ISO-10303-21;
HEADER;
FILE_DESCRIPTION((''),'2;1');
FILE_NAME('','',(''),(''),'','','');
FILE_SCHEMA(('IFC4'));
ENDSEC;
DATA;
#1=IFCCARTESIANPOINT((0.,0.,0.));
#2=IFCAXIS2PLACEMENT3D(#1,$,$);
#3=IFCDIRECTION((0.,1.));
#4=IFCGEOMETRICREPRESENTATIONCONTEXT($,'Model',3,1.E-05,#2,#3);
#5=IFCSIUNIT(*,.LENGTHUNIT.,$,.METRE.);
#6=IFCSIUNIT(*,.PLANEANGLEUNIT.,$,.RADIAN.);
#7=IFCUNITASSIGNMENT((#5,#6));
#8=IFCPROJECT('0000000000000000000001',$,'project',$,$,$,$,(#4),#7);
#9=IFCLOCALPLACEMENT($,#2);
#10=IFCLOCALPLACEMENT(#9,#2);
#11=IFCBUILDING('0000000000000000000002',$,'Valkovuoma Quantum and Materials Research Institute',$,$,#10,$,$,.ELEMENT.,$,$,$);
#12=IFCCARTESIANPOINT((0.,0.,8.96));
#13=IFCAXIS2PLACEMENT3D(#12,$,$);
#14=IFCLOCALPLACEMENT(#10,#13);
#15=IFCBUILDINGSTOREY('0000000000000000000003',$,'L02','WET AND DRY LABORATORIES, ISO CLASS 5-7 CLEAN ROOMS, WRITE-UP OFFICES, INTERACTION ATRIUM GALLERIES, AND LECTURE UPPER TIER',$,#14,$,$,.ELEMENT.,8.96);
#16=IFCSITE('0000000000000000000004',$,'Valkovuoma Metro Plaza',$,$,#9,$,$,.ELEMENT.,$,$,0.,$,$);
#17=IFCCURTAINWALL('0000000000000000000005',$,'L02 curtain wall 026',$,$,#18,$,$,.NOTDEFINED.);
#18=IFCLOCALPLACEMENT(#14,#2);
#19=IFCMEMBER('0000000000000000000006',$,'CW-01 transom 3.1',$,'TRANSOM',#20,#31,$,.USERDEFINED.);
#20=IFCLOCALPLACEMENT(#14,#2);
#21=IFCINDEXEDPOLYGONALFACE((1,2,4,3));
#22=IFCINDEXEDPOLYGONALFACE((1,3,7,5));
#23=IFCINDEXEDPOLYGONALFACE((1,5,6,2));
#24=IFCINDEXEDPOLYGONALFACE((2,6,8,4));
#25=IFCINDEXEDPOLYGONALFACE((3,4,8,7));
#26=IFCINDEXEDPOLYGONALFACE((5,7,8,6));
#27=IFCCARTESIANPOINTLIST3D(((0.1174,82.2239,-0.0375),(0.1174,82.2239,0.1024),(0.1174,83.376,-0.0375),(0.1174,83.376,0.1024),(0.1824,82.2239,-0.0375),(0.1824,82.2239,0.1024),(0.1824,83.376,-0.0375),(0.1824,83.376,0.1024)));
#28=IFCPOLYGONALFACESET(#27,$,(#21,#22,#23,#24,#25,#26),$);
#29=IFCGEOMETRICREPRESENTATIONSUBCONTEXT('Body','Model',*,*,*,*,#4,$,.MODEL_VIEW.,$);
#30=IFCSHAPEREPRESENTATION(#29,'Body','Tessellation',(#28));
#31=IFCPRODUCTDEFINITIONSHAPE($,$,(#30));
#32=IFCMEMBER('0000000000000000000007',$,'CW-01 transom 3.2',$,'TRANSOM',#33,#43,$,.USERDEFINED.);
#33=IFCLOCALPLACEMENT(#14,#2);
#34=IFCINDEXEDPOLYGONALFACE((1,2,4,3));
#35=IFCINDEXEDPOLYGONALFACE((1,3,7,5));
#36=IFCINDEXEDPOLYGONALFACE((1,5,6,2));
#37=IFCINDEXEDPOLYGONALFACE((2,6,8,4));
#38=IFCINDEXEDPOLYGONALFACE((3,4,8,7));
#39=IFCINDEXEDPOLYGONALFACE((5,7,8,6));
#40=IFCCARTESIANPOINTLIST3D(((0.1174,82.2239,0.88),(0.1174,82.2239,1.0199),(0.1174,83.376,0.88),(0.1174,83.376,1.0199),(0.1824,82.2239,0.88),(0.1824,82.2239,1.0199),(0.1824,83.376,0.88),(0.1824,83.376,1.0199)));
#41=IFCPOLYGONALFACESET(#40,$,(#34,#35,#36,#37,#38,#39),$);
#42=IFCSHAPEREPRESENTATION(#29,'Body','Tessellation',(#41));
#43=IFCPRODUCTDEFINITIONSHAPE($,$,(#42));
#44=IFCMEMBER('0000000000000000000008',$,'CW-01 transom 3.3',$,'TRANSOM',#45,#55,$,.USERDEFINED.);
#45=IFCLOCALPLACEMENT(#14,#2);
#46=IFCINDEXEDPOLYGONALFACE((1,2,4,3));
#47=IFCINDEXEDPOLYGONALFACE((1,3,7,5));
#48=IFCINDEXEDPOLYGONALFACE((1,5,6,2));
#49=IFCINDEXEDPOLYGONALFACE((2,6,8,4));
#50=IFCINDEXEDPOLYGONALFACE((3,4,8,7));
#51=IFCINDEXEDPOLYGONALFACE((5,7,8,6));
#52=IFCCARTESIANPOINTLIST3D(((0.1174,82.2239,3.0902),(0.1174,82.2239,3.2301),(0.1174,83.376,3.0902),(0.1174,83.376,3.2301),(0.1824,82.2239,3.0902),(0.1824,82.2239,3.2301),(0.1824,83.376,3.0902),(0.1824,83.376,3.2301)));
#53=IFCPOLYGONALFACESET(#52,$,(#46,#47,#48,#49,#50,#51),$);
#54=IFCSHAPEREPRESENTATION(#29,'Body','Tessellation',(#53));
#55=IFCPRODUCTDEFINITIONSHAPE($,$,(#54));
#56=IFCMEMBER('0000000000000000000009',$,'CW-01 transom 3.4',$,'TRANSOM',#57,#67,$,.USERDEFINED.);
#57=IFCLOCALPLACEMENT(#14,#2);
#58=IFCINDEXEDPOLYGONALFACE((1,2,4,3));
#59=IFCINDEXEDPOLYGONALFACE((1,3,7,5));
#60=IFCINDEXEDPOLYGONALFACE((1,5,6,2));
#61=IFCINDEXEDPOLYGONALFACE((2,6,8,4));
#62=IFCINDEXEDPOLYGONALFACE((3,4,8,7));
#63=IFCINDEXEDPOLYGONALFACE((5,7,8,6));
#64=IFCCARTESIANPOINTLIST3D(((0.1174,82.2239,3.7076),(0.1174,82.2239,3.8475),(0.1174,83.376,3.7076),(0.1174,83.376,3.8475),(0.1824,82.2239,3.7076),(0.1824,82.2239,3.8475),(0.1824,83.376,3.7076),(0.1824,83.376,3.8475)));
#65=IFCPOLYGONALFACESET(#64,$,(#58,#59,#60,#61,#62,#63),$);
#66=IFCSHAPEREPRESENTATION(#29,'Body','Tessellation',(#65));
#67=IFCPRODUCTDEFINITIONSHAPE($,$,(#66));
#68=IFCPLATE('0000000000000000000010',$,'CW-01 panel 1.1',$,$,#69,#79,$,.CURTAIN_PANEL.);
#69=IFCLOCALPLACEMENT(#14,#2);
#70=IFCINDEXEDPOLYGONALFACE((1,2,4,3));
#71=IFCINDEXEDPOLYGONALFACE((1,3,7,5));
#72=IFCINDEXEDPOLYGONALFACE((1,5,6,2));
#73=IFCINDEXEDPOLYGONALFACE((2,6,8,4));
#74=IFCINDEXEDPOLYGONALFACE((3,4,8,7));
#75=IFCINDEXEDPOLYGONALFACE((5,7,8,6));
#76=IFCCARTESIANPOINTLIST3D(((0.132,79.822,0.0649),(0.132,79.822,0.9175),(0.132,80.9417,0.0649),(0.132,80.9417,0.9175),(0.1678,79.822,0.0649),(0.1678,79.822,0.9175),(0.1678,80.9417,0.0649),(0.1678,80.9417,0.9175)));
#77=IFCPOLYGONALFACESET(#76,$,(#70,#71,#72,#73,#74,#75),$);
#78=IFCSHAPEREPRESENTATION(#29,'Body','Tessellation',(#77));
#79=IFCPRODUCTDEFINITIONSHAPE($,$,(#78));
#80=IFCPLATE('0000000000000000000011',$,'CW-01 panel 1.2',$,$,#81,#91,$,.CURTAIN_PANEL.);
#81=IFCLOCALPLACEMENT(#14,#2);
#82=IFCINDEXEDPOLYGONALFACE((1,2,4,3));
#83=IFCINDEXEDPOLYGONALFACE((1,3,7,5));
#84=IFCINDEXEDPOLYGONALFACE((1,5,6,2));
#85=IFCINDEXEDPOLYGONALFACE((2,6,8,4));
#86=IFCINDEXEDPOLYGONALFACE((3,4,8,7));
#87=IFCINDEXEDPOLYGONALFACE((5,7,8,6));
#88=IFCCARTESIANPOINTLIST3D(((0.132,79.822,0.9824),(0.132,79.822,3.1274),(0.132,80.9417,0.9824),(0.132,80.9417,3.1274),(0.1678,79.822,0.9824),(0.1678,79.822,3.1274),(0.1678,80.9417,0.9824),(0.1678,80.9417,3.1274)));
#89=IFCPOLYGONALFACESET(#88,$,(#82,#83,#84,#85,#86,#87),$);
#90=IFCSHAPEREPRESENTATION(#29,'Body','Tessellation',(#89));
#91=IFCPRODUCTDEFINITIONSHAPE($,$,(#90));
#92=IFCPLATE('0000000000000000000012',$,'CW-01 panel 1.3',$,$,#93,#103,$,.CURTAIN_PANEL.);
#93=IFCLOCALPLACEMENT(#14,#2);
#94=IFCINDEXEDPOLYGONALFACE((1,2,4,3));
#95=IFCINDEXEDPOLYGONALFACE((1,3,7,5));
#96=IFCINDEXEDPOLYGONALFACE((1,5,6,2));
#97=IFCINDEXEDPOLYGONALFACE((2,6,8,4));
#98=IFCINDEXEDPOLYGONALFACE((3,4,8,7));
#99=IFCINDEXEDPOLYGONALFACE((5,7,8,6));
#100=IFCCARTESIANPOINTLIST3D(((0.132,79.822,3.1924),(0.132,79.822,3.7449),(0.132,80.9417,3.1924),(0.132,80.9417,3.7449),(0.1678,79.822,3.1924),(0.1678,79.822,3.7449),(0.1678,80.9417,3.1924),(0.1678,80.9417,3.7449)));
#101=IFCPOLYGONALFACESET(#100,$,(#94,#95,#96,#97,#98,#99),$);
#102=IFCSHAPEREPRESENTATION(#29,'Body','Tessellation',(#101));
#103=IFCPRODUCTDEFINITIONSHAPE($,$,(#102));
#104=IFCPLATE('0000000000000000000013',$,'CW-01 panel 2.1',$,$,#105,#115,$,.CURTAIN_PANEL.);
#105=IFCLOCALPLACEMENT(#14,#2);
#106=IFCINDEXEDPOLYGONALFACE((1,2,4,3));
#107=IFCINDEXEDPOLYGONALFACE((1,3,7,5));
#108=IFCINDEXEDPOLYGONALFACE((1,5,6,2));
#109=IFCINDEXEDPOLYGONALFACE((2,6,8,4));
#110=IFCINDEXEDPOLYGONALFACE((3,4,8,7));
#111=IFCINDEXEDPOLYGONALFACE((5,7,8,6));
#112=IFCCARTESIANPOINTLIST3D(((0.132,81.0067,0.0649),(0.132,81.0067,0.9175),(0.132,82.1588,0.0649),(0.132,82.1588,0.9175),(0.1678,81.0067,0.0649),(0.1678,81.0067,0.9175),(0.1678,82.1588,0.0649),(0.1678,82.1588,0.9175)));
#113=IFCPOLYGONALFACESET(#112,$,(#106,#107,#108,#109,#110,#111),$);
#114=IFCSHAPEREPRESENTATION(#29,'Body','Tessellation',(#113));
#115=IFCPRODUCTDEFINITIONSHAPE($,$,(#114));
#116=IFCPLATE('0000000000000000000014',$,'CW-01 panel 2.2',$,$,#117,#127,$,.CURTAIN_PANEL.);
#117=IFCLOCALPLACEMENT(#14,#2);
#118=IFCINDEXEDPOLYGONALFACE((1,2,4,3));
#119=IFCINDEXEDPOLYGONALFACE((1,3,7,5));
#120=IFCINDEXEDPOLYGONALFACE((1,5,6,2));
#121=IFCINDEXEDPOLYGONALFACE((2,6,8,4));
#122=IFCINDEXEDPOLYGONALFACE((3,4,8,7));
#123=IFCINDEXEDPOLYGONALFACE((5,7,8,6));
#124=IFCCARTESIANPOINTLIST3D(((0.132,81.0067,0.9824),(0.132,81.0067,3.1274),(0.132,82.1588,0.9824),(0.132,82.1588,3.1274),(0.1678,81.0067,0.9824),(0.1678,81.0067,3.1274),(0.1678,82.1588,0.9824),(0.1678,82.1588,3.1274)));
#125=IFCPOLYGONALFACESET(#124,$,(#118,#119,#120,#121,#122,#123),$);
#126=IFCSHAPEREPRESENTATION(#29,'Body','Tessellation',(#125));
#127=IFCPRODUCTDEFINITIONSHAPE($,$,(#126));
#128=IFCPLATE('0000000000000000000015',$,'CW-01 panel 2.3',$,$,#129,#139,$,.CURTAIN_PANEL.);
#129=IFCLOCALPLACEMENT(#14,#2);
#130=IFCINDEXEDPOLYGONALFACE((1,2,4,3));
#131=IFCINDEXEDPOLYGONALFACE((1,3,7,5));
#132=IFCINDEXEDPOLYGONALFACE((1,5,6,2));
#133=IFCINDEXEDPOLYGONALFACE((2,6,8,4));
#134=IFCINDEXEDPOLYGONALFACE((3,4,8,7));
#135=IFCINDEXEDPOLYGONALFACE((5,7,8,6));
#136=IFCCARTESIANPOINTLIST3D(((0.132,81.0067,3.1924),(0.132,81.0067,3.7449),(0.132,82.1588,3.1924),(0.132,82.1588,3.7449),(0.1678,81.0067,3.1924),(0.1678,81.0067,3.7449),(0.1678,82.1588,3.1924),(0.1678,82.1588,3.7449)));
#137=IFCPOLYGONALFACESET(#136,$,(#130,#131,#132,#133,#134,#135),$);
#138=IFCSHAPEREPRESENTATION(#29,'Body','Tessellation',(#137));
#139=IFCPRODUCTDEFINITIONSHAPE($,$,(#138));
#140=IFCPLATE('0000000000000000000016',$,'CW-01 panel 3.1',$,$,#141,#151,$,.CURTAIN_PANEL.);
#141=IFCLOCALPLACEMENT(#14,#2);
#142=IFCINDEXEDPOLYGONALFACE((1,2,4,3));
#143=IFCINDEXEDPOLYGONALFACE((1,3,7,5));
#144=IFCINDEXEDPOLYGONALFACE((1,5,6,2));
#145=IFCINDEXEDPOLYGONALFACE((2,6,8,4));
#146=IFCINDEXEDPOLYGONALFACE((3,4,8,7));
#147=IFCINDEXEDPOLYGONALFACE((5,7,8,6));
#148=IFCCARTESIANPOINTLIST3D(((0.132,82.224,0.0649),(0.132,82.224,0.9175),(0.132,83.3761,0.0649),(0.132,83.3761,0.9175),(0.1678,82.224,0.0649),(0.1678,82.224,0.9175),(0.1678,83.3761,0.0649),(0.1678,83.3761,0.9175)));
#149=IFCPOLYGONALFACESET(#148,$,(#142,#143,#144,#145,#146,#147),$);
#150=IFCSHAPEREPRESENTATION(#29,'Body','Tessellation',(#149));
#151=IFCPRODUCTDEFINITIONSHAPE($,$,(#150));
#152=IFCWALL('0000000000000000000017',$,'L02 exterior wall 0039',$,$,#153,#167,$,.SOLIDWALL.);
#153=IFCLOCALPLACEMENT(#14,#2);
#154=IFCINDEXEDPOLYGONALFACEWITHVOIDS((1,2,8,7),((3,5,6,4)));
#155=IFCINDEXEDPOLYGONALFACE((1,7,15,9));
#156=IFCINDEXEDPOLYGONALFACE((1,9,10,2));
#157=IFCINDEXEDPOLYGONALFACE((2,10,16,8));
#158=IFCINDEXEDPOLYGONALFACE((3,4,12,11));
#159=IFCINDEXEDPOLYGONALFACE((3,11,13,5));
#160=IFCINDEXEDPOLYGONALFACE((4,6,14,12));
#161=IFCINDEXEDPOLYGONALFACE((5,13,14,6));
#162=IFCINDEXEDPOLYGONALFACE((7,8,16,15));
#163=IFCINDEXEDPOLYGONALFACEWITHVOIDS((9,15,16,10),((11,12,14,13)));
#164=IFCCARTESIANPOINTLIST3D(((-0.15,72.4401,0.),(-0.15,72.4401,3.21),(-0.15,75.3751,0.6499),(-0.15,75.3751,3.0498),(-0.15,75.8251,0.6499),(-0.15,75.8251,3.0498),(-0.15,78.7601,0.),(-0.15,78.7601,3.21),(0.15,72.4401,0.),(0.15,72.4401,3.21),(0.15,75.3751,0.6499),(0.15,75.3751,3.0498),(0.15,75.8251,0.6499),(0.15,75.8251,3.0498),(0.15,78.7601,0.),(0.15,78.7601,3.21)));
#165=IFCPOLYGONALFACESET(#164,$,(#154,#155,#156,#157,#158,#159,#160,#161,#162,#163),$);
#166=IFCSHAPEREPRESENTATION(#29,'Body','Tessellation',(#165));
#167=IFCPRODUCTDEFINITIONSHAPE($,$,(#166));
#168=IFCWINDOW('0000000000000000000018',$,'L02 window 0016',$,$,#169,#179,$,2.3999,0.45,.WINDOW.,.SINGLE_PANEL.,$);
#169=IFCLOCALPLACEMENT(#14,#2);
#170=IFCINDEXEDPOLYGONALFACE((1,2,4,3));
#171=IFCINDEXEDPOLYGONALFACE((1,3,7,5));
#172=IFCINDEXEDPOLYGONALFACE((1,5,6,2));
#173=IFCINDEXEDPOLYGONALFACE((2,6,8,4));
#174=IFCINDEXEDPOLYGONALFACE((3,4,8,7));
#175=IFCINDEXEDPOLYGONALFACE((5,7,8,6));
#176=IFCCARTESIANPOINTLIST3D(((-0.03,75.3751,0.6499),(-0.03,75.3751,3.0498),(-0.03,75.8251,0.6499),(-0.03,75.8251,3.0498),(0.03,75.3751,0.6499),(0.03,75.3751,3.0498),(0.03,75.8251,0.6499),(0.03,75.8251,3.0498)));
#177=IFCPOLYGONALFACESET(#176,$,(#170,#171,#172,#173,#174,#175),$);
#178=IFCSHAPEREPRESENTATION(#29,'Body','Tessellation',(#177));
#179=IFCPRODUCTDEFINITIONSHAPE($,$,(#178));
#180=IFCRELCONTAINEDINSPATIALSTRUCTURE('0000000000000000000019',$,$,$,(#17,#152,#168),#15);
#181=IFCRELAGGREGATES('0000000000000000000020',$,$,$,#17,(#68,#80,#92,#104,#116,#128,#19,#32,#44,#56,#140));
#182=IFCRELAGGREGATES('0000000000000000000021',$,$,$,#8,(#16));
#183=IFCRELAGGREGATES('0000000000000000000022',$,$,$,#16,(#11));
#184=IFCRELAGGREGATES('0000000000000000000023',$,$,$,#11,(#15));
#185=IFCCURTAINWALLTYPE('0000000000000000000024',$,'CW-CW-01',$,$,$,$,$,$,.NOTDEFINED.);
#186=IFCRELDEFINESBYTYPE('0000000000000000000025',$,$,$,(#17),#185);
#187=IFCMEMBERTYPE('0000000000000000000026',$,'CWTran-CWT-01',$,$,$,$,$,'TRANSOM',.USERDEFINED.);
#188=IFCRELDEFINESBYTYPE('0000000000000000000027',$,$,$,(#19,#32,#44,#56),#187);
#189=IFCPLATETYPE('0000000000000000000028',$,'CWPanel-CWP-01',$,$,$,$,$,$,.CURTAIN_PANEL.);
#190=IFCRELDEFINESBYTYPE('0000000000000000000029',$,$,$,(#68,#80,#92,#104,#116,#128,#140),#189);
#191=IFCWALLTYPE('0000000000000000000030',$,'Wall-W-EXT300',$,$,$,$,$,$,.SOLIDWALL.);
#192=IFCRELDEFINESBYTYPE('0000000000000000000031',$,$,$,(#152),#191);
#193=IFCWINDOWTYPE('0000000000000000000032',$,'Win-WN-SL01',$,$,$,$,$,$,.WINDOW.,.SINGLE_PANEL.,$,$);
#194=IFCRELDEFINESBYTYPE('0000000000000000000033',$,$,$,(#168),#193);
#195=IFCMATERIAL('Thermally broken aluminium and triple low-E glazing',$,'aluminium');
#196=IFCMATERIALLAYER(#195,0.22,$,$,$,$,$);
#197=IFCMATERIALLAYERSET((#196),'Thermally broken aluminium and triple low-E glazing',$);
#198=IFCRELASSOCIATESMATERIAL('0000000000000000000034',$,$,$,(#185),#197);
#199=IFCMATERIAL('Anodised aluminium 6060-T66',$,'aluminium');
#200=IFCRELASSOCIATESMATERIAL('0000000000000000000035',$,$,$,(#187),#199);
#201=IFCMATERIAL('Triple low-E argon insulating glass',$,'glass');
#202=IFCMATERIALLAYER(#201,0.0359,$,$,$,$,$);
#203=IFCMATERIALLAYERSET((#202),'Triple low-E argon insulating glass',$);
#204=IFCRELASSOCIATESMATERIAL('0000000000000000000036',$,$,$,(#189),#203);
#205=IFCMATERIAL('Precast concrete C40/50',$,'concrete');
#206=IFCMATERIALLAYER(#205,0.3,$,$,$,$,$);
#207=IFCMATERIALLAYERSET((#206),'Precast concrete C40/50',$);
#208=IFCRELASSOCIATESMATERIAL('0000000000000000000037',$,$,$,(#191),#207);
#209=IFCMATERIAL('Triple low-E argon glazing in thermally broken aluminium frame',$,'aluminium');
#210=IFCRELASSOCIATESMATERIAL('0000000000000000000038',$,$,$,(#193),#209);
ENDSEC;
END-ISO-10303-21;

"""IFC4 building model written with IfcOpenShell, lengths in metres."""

from ifc_helpers import new_model, si_unit, direction, frame, frame_2d, origin, origin_2d, place, context, subcontext, project, spatial, rectangle, extrude, material, layer, layer_set, material_profile, profile_set, type_object, element, fill, aggregate, save


model = new_model("IFC4")

# Units and contexts
model_context = context("Model", 3, precision=1e-05, world=origin(), true_north=direction((0.0, 1.0)))
body_context = subcontext(model_context, "Body", "Model", "MODEL_VIEW")
ifc_project = project(units=[si_unit("LENGTHUNIT", "METRE"), si_unit("PLANEANGLEUNIT", "RADIAN")], contexts=[model_context])

# Site, building, storey
site_placement = place(None, origin())
site = spatial("IfcSite", under=ifc_project, at=site_placement, Name="Valkovuoma Metro Plaza", CompositionType="ELEMENT", RefElevation=0.0)
building_placement = place(site_placement, origin())
building = spatial("IfcBuilding", under=site, at=building_placement, Name="Valkovuoma Quantum and Materials Research Institute", CompositionType="ELEMENT")
storey_placement = place(building_placement, frame((0.0, 0.0, 8.96)))
storey = spatial("IfcBuildingStorey", under=building, at=storey_placement, Name="L02", Description="WET AND DRY LABORATORIES, ISO CLASS 5-7 CLEAN ROOMS, WRITE-UP OFFICES, INTERACTION ATRIUM GALLERIES, AND LECTURE UPPER TIER", CompositionType="ELEMENT", Elevation=8.96)

# Curtain wall, members, plates
ifc_material_1 = material(Name="Thermally broken aluminium and triple low-E glazing", Category="aluminium")
ifc_layer_1 = layer(ifc_material_1, 0.22)
ifc_layer_set_1 = layer_set([ifc_layer_1], Name="Thermally broken aluminium and triple low-E glazing")
curtain_wall_type = type_object("IfcCurtainWallType", Name="CW-CW-01", PredefinedType="NOTDEFINED", material=ifc_layer_set_1)
curtain_wall_placement = place(storey_placement, origin())
curtain_wall = element("IfcCurtainWall", 1, at=curtain_wall_placement, inside=storey, type_object=curtain_wall_type, Name="L02 curtain wall 026", PredefinedType="NOTDEFINED")
ifc_material_2 = material(Name="Anodised aluminium 6060-T66", Category="aluminium")
ifc_material_profile_1 = material_profile(ifc_material_2, rectangle(XDim=0.0649, YDim=0.1399, at=origin_2d()), Name="Anodised aluminium 6060-T66")
ifc_profile_set_1 = profile_set([ifc_material_profile_1], Name="Anodised aluminium 6060-T66")
member_type_1 = type_object("IfcMemberType", Name="CWTran-CWT-01", ElementType="TRANSOM", PredefinedType="USERDEFINED", material=ifc_profile_set_1)
member_1_placement = place(storey_placement, frame((0.1499, 82.2239, 0.0325), z_axis=(0.0, 1.0, 0.0), x_axis=(-1.0, 0.0, 0.0)))
member_1 = element("IfcMember", 2, at=member_1_placement, type_object=member_type_1, Name="CW-01 transom 3.1", ObjectType="TRANSOM", PredefinedType="USERDEFINED", context=body_context, shape_type="SweptSolid", body=[
    extrude(rectangle(XDim=0.0649, YDim=0.1399, at=origin_2d()), origin(), (0.0, 0.0, 1.0), 1.1521),
])
member_2_placement = place(storey_placement, frame((0.1499, 82.2239, 0.95), z_axis=(0.0, 1.0, 0.0), x_axis=(-1.0, 0.0, 0.0)))
member_2 = element("IfcMember", 3, at=member_2_placement, type_object=member_type_1, Name="CW-01 transom 3.2", ObjectType="TRANSOM", PredefinedType="USERDEFINED", context=body_context, shape_type="SweptSolid", body=[
    extrude(rectangle(XDim=0.0649, YDim=0.1399, at=origin_2d()), origin(), (0.0, 0.0, 1.0), 1.1521),
])
member_3_placement = place(storey_placement, frame((0.1499, 82.2239, 3.1602), z_axis=(0.0, 1.0, 0.0), x_axis=(-1.0, 0.0, 0.0)))
member_3 = element("IfcMember", 4, at=member_3_placement, type_object=member_type_1, Name="CW-01 transom 3.3", ObjectType="TRANSOM", PredefinedType="USERDEFINED", context=body_context, shape_type="SweptSolid", body=[
    extrude(rectangle(XDim=0.0649, YDim=0.1399, at=origin_2d()), origin(), (0.0, 0.0, 1.0), 1.1521),
])
member_4_placement = place(storey_placement, frame((0.1499, 82.2239, 3.7776), z_axis=(0.0, 1.0, 0.0), x_axis=(-1.0, 0.0, 0.0)))
member_4 = element("IfcMember", 5, at=member_4_placement, type_object=member_type_1, Name="CW-01 transom 3.4", ObjectType="TRANSOM", PredefinedType="USERDEFINED", context=body_context, shape_type="SweptSolid", body=[
    extrude(rectangle(XDim=0.0649, YDim=0.1399, at=origin_2d()), origin(), (0.0, 0.0, 1.0), 1.1521),
])
ifc_material_3 = material(Name="Triple low-E argon insulating glass", Category="glass")
ifc_layer_2 = layer(ifc_material_3, 0.0359)
ifc_layer_set_2 = layer_set([ifc_layer_2], Name="Triple low-E argon insulating glass")
plate_type = type_object("IfcPlateType", Name="CWPanel-CWP-01", PredefinedType="CURTAIN_PANEL", material=ifc_layer_set_2)
plate_1_placement = place(storey_placement, frame((0.1499, 80.3818, 0.0649), z_axis=(0.0, 0.0, 1.0), x_axis=(0.0, 1.0, 0.0)))
plate_1 = element("IfcPlate", 6, at=plate_1_placement, type_object=plate_type, Name="CW-01 panel 1.1", PredefinedType="CURTAIN_PANEL", context=body_context, shape_type="SweptSolid", body=[
    extrude(rectangle(XDim=1.1196, YDim=0.0359, at=origin_2d()), origin(), (0.0, 0.0, 1.0), 0.8525),
])
plate_2_placement = place(storey_placement, frame((0.1499, 80.3818, 0.9824), z_axis=(0.0, 0.0, 1.0), x_axis=(0.0, 1.0, 0.0)))
plate_2 = element("IfcPlate", 7, at=plate_2_placement, type_object=plate_type, Name="CW-01 panel 1.2", PredefinedType="CURTAIN_PANEL", context=body_context, shape_type="SweptSolid", body=[
    extrude(rectangle(XDim=1.1196, YDim=0.0359, at=origin_2d()), origin(), (0.0, 0.0, 1.0), 2.145),
])
plate_3_placement = place(storey_placement, frame((0.1499, 80.3818, 3.1924), z_axis=(0.0, 0.0, 1.0), x_axis=(0.0, 1.0, 0.0)))
plate_3 = element("IfcPlate", 8, at=plate_3_placement, type_object=plate_type, Name="CW-01 panel 1.3", PredefinedType="CURTAIN_PANEL", context=body_context, shape_type="SweptSolid", body=[
    extrude(rectangle(XDim=1.1196, YDim=0.0359, at=origin_2d()), origin(), (0.0, 0.0, 1.0), 0.5525),
])
plate_4_placement = place(storey_placement, frame((0.1499, 81.5828, 0.0649), z_axis=(0.0, 0.0, 1.0), x_axis=(0.0, 1.0, 0.0)))
plate_4 = element("IfcPlate", 9, at=plate_4_placement, type_object=plate_type, Name="CW-01 panel 2.1", PredefinedType="CURTAIN_PANEL", context=body_context, shape_type="SweptSolid", body=[
    extrude(rectangle(XDim=1.1521, YDim=0.0359, at=origin_2d()), origin(), (0.0, 0.0, 1.0), 0.8525),
])
plate_5_placement = place(storey_placement, frame((0.1499, 81.5828, 0.9824), z_axis=(0.0, 0.0, 1.0), x_axis=(0.0, 1.0, 0.0)))
plate_5 = element("IfcPlate", 10, at=plate_5_placement, type_object=plate_type, Name="CW-01 panel 2.2", PredefinedType="CURTAIN_PANEL", context=body_context, shape_type="SweptSolid", body=[
    extrude(rectangle(XDim=1.1521, YDim=0.0359, at=origin_2d()), origin(), (0.0, 0.0, 1.0), 2.145),
])
plate_6_placement = place(storey_placement, frame((0.1499, 81.5828, 3.1924), z_axis=(0.0, 0.0, 1.0), x_axis=(0.0, 1.0, 0.0)))
plate_6 = element("IfcPlate", 11, at=plate_6_placement, type_object=plate_type, Name="CW-01 panel 2.3", PredefinedType="CURTAIN_PANEL", context=body_context, shape_type="SweptSolid", body=[
    extrude(rectangle(XDim=1.1521, YDim=0.0359, at=origin_2d()), origin(), (0.0, 0.0, 1.0), 0.5525),
])
plate_7_placement = place(storey_placement, frame((0.1499, 82.8, 0.0649), z_axis=(0.0, 0.0, 1.0), x_axis=(0.0, 1.0, 0.0)))
plate_7 = element("IfcPlate", 12, at=plate_7_placement, type_object=plate_type, Name="CW-01 panel 3.1", PredefinedType="CURTAIN_PANEL", context=body_context, shape_type="SweptSolid", body=[
    extrude(rectangle(XDim=1.1521, YDim=0.0359, at=origin_2d()), origin(), (0.0, 0.0, 1.0), 0.8525),
])
aggregate(curtain_wall, [plate_1, plate_2, plate_3, plate_4, plate_5, plate_6, member_1, member_2, member_3, member_4, plate_7])

# Wall, opening, window
ifc_material_4 = material(Name="Precast concrete C40/50", Category="concrete")
ifc_layer_3 = layer(ifc_material_4, 0.3)
ifc_layer_set_3 = layer_set([ifc_layer_3], Name="Precast concrete C40/50")
wall_type = type_object("IfcWallType", Name="Wall-W-EXT300", PredefinedType="SOLIDWALL", material=ifc_layer_set_3)
wall_placement = place(storey_placement, frame((0.0, 72.4399, 0.0), z_axis=(0.0, 0.0, 1.0), x_axis=(0.0, 1.0, 0.0)))
wall = element("IfcWall", 13, at=wall_placement, inside=storey, type_object=wall_type, Name="L02 exterior wall 0039", PredefinedType="SOLIDWALL", context=body_context, shape_type="SweptSolid", body=[
    extrude(rectangle(XDim=6.3201, YDim=0.3, at=frame_2d((3.1602, 0.0))), origin(), (0.0, 0.0, 1.0), 3.21),
])
opening_placement = place(wall_placement, frame((2.9351, 0.0, 0.6499)))
opening = element("IfcOpeningElement", 14, at=opening_placement, cuts=wall, PredefinedType="OPENING", context=body_context, shape_type="SweptSolid", body=[
    extrude(rectangle(XDim=0.45, YDim=2.3999, at=frame_2d((0.2251, 1.2))), frame((0.0, 0.1602, 0.0), z_axis=(0.0, -1.0, 0.0), x_axis=(1.0, 0.0, 0.0)), (0.0, 0.0, 1.0), 0.3201),
])
ifc_material_5 = material(Name="Triple low-E argon glazing in thermally broken aluminium frame", Category="aluminium")
window_type = type_object("IfcWindowType", Name="Win-WN-SL01", PartitioningType="SINGLE_PANEL", PredefinedType="WINDOW", material=ifc_material_5)
window_placement = place(opening_placement, origin())
window = element("IfcWindow", 15, at=window_placement, inside=storey, type_object=window_type, Name="L02 window 0016", OverallHeight=2.3999, OverallWidth=0.45, PartitioningType="SINGLE_PANEL", PredefinedType="WINDOW", context=body_context, shape_type="SweptSolid", body=[
    extrude(rectangle(XDim=0.45, YDim=2.3999, at=frame_2d((0.2251, 1.2))), frame((0.0, 0.03, 0.0), z_axis=(0.0, -1.0, 0.0), x_axis=(1.0, 0.0, 0.0)), (0.0, 0.0, 1.0), 0.0601),
])
fill(opening, window)

save(model, "model.ifc")
